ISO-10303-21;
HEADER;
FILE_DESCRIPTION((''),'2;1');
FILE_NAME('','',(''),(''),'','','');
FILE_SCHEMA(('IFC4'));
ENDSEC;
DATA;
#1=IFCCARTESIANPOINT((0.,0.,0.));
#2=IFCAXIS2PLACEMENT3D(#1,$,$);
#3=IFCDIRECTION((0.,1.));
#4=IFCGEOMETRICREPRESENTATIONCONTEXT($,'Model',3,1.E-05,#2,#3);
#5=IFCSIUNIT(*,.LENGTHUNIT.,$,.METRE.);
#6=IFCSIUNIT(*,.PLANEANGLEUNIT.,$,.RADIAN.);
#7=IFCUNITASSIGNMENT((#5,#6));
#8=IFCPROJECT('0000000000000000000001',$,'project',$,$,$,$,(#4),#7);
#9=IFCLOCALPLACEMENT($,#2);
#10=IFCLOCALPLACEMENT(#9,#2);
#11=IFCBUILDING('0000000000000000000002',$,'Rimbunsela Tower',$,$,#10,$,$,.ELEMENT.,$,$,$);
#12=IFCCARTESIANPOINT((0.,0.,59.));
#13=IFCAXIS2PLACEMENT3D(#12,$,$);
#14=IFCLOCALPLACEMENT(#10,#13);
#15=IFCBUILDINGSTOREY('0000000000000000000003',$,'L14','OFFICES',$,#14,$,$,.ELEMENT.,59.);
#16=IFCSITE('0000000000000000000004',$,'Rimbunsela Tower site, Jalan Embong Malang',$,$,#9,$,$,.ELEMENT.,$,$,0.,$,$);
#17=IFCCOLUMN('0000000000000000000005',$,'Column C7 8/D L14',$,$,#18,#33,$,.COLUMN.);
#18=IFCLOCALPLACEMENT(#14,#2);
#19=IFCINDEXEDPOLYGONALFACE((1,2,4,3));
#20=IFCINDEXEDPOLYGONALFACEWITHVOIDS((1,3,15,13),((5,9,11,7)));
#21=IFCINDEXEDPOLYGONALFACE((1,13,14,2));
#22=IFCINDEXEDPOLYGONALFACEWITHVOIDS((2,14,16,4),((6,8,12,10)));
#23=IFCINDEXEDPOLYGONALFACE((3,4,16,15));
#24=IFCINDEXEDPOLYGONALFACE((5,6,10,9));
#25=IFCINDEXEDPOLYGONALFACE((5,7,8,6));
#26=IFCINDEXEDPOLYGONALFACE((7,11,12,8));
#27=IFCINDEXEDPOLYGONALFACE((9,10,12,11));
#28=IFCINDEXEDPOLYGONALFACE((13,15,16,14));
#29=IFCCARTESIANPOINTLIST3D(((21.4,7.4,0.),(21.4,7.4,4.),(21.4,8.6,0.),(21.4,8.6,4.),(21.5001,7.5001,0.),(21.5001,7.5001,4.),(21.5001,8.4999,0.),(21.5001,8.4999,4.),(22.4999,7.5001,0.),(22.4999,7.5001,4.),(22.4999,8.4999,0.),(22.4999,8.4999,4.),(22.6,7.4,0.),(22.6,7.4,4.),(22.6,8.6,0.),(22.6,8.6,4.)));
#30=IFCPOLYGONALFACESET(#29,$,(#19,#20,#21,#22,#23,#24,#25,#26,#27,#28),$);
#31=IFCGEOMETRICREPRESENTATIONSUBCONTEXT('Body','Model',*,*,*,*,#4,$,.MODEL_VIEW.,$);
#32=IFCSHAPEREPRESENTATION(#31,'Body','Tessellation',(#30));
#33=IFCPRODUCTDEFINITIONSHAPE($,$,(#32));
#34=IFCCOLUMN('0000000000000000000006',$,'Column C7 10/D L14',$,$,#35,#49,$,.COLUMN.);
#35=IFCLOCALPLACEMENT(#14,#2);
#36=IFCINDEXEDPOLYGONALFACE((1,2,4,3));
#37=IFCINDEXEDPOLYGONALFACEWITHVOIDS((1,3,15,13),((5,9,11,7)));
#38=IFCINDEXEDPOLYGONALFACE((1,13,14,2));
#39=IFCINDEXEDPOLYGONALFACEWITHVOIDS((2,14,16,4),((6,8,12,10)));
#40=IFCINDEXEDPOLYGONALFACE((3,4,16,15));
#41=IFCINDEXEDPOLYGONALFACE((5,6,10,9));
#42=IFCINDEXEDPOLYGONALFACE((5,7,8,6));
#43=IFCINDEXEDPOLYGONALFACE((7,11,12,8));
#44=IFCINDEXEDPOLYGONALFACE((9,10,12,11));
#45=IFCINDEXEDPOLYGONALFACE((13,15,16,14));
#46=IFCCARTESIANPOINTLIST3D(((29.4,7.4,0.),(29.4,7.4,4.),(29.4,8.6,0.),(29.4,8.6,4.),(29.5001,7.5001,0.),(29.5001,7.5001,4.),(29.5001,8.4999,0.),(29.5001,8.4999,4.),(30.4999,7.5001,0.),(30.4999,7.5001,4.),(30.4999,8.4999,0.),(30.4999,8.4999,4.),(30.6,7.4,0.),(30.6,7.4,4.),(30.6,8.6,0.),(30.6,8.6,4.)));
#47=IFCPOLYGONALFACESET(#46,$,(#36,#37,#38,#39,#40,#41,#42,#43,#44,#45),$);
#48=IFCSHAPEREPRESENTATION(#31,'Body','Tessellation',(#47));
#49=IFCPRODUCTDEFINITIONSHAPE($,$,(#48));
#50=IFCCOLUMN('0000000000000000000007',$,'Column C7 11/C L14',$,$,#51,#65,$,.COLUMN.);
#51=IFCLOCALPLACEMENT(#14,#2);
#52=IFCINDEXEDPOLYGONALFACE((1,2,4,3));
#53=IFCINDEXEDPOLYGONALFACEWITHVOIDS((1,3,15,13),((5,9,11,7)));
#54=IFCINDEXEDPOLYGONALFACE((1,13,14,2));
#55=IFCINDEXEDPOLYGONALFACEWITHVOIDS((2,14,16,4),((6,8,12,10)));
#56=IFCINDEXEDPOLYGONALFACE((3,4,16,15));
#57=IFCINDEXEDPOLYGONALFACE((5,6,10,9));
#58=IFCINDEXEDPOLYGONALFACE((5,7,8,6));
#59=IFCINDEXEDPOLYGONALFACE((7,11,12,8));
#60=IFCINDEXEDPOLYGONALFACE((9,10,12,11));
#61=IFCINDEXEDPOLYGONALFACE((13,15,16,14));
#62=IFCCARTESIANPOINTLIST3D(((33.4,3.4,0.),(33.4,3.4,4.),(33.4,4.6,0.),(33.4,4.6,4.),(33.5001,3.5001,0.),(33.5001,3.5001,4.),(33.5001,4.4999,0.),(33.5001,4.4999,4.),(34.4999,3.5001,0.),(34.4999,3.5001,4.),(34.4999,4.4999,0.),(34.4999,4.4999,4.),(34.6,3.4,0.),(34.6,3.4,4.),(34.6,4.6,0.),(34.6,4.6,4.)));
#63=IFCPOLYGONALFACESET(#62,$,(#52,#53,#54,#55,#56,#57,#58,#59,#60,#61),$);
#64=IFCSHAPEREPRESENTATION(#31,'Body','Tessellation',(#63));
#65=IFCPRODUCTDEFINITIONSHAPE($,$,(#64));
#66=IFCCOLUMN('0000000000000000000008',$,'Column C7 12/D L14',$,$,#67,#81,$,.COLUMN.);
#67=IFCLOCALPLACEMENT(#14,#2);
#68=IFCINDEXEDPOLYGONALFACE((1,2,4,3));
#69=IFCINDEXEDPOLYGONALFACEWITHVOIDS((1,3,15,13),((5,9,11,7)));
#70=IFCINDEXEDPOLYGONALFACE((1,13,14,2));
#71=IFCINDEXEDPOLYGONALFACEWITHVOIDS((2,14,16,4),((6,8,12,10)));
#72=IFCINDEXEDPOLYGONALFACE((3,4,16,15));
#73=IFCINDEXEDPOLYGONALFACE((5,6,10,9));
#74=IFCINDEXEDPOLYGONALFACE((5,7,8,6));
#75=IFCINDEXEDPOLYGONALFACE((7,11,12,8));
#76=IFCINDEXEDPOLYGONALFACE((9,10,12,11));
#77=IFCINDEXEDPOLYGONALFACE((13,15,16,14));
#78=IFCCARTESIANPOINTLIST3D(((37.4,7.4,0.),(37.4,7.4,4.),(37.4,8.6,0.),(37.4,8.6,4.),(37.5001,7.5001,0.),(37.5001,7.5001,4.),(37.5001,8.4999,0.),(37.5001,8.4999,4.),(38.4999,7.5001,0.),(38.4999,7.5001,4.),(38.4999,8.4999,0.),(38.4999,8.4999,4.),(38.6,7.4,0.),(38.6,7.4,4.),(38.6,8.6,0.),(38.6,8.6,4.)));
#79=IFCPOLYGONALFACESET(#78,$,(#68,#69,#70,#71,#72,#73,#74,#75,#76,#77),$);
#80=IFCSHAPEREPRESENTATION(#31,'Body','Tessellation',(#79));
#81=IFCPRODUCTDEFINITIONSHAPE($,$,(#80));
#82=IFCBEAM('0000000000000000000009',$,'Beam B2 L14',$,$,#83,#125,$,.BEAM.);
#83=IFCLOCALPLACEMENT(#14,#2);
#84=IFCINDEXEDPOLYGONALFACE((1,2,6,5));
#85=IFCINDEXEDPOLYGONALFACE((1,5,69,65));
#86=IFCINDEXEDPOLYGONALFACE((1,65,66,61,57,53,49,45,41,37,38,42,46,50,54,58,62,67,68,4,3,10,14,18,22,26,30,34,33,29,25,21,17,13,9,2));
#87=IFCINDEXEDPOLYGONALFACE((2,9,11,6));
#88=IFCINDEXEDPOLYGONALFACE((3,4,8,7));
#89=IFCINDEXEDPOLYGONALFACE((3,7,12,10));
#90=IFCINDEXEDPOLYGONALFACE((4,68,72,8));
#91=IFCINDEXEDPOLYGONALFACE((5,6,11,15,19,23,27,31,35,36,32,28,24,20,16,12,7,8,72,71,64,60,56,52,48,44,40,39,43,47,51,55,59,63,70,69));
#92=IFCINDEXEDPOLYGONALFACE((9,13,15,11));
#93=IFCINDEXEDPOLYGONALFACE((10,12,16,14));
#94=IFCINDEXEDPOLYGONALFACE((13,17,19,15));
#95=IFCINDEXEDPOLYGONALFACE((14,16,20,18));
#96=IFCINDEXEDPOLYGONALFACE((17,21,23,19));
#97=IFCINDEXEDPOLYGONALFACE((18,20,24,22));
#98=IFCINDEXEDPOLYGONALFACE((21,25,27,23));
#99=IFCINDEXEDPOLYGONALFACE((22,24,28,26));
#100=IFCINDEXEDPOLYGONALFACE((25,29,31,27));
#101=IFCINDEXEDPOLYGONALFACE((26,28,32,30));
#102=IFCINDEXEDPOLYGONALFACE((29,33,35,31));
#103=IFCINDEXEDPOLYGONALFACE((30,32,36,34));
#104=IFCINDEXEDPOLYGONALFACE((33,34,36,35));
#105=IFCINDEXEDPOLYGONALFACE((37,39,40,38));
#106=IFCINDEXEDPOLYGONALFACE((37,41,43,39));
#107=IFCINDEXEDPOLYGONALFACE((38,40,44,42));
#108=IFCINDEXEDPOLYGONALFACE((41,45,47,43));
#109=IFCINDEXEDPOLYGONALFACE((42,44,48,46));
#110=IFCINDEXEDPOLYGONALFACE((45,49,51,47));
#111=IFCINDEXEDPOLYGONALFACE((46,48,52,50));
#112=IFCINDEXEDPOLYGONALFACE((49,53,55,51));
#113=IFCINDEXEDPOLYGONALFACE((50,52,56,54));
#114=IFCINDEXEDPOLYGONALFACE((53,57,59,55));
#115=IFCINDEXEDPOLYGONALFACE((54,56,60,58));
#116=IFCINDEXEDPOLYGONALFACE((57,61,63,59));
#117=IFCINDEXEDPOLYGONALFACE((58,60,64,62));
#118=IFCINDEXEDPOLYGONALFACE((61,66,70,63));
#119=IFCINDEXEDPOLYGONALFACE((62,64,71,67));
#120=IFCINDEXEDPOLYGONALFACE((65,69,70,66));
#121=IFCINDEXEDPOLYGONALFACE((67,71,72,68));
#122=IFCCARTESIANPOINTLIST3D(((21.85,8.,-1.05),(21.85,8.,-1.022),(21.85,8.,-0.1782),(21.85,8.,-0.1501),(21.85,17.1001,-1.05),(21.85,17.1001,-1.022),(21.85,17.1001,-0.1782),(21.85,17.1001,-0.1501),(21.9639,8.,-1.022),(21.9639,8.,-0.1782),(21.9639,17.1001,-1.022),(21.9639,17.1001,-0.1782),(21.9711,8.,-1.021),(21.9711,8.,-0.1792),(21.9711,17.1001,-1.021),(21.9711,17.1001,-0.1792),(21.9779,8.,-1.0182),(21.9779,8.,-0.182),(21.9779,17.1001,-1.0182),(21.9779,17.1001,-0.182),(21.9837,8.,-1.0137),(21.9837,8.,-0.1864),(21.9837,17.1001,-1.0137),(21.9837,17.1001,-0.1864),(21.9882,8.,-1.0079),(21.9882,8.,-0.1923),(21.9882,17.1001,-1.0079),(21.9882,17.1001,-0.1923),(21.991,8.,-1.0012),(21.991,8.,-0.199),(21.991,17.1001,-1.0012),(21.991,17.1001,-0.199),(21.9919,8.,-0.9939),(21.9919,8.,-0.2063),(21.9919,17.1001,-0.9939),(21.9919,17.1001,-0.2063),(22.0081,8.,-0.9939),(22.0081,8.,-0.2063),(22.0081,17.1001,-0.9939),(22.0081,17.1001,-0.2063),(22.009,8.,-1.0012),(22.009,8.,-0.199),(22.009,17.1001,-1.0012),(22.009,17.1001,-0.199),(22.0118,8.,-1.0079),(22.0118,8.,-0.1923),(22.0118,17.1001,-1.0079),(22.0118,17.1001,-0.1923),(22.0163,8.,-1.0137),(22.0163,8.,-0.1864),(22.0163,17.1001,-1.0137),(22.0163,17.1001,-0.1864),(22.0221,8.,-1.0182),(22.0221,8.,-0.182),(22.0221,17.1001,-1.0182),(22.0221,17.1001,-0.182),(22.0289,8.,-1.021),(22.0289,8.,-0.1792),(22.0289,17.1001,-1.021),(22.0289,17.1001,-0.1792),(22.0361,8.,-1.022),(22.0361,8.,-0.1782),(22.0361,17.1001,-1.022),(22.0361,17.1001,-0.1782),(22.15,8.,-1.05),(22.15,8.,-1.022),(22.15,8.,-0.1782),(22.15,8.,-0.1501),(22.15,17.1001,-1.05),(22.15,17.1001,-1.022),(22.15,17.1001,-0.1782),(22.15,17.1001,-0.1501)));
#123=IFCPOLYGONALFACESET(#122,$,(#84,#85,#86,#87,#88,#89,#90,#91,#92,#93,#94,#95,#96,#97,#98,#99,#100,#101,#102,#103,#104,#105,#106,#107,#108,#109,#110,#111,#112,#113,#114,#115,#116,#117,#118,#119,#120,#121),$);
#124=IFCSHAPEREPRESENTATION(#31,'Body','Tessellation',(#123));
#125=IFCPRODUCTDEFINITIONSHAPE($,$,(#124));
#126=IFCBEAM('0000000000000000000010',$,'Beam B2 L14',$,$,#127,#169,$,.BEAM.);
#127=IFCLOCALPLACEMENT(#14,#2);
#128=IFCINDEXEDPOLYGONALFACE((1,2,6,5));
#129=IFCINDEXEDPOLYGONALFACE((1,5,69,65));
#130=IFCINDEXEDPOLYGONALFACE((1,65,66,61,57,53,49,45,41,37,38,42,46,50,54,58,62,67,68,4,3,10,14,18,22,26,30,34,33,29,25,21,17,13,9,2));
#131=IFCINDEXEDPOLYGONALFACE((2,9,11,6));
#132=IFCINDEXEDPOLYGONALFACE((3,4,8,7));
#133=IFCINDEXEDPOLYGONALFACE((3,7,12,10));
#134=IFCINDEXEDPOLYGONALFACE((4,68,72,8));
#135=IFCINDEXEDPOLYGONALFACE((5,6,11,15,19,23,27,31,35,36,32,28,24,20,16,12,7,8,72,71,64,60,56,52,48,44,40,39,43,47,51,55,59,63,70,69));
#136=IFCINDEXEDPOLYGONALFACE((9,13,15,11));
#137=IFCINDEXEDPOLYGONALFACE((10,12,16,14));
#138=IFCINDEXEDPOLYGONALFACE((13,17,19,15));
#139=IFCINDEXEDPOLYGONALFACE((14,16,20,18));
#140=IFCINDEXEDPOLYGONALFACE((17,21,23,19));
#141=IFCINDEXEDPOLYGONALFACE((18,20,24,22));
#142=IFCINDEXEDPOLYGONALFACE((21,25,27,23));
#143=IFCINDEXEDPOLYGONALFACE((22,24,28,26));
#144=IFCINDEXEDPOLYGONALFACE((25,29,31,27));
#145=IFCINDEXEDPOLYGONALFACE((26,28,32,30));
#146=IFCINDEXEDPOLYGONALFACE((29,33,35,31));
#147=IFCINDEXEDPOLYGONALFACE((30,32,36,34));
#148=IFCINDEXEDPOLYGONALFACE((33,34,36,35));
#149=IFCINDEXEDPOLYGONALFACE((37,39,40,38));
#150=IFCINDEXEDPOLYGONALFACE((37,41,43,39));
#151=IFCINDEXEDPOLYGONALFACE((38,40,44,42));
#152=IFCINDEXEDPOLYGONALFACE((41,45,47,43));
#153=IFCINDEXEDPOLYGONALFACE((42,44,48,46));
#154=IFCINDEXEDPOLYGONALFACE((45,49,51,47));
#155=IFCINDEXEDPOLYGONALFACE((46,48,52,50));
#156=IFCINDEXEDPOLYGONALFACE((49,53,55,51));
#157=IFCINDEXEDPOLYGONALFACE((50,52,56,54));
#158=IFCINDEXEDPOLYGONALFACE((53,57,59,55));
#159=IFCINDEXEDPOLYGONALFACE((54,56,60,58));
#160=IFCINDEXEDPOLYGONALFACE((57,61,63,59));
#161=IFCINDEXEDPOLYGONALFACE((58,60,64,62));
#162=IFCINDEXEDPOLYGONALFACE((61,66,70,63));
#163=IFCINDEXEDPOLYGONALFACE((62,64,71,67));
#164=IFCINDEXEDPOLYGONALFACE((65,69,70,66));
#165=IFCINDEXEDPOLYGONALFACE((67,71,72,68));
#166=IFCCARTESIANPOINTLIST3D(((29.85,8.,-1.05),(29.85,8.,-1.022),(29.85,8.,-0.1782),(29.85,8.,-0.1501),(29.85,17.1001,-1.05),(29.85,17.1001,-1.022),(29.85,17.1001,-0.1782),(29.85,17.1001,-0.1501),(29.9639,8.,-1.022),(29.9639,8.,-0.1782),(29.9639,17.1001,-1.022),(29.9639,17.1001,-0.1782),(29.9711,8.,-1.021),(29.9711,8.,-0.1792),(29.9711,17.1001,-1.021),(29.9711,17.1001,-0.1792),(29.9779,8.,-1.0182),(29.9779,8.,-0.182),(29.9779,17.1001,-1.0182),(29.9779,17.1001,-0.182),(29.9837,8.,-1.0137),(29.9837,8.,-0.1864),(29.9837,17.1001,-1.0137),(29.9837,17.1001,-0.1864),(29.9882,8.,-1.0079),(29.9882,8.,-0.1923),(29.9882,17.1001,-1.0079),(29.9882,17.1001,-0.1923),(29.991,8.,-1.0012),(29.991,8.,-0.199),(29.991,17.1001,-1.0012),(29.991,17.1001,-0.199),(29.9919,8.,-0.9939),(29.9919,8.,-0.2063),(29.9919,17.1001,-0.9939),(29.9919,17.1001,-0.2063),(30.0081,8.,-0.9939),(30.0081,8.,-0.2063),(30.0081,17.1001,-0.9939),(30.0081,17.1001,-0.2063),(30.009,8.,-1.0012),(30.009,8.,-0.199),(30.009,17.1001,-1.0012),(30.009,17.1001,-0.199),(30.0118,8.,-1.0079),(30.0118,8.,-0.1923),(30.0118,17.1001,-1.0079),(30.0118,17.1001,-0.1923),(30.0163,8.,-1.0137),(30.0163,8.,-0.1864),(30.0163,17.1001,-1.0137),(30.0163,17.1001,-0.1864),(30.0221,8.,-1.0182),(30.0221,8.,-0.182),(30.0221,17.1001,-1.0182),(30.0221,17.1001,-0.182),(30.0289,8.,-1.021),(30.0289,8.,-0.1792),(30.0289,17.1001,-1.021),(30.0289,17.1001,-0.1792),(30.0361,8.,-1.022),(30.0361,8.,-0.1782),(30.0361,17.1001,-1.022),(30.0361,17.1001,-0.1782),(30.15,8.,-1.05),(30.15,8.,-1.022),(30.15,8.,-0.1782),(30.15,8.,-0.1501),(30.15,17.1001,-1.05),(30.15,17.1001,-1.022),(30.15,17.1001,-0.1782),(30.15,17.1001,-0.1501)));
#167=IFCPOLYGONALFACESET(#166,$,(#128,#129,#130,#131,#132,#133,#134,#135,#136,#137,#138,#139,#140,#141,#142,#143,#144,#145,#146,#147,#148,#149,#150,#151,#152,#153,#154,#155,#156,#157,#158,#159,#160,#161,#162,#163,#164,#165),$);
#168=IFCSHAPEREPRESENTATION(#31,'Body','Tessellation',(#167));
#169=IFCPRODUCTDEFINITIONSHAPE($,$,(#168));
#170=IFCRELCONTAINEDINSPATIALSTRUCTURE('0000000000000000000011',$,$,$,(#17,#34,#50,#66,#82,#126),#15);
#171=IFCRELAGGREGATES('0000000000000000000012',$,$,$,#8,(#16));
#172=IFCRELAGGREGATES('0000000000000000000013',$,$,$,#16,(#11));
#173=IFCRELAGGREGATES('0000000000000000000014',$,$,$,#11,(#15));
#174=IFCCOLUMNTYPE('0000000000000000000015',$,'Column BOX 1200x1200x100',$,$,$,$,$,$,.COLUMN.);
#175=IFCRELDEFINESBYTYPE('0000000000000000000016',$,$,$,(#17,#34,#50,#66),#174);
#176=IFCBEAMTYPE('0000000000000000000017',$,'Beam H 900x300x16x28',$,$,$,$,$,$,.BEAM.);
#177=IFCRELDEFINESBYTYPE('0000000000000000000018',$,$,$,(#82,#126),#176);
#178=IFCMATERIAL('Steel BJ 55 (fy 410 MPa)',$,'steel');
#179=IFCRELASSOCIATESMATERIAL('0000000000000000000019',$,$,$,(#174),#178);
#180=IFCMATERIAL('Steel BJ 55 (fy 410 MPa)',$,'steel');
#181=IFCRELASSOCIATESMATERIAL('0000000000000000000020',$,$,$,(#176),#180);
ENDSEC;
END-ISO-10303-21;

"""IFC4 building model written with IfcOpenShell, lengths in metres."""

from ifc_helpers import new_model, si_unit, direction, frame, origin, origin_2d, place, context, subcontext, project, spatial, hollow_rectangle, i_section, extrude, material, material_profile, profile_set, type_object, element, save


model = new_model("IFC4")

# Units and contexts
model_context = context("Model", 3, precision=1e-05, world=origin(), true_north=direction((0.0, 1.0)))
body_context = subcontext(model_context, "Body", "Model", "MODEL_VIEW")
ifc_project = project(units=[si_unit("LENGTHUNIT", "METRE"), si_unit("PLANEANGLEUNIT", "RADIAN")], contexts=[model_context])

# Site, building, storey
site_placement = place(None, origin())
site = spatial("IfcSite", under=ifc_project, at=site_placement, Name="Rimbunsela Tower site, Jalan Embong Malang", CompositionType="ELEMENT", RefElevation=0.0)
building_placement = place(site_placement, origin())
building = spatial("IfcBuilding", under=site, at=building_placement, Name="Rimbunsela Tower", CompositionType="ELEMENT")
storey_placement = place(building_placement, frame((0.0, 0.0, 59.0)))
storey = spatial("IfcBuildingStorey", under=building, at=storey_placement, Name="L14", Description="OFFICES", CompositionType="ELEMENT", Elevation=59.0)

# Columns
ifc_material_1 = material(Name="Steel BJ 55 (fy 410 MPa)", Category="steel")
ifc_material_profile_1 = material_profile(ifc_material_1, hollow_rectangle(XDim=1.2, YDim=1.2, WallThickness=0.1001, at=origin_2d()), Name="BOX 1200x1200x100")
ifc_profile_set_1 = profile_set([ifc_material_profile_1], Name="Steel BJ 55 (fy 410 MPa)")
column_type = type_object("IfcColumnType", Name="Column BOX 1200x1200x100", PredefinedType="COLUMN", material=ifc_profile_set_1)
for number, where, z_axis, x_axis, name in (
    (1, (22.0, 8.0, 0.0), (0.0, 0.0, 1.0), (1.0, 0.0, 0.0), "Column C7 8/D L14"),
    (2, (30.0, 8.0, 0.0), (0.0, 0.0, 1.0), (1.0, 0.0, 0.0), "Column C7 10/D L14"),
    (3, (34.0, 4.0, 0.0), (0.0, 0.0, 1.0), (1.0, 0.0, 0.0), "Column C7 11/C L14"),
    (4, (38.0, 8.0, 0.0), (0.0, 0.0, 1.0), (1.0, 0.0, 0.0), "Column C7 12/D L14"),
):
    element("IfcColumn", number, at=place(storey_placement, frame(where, z_axis=z_axis, x_axis=x_axis)), inside=storey, type_object=column_type, Name=name, PredefinedType="COLUMN", context=body_context, shape_type="SweptSolid", body=[
        extrude(hollow_rectangle(XDim=1.2, YDim=1.2, WallThickness=0.1001, at=origin_2d()), origin(), (0.0, 0.0, 1.0), 4.0),
    ])

# Beams
ifc_material_2 = material(Name="Steel BJ 55 (fy 410 MPa)", Category="steel")
ifc_material_profile_2 = material_profile(ifc_material_2, i_section(OverallWidth=0.3, OverallDepth=0.8999, WebThickness=0.0161, FlangeThickness=0.0281, FilletRadius=0.0281, at=origin_2d()), Name="H 900x300x16x28")
ifc_profile_set_2 = profile_set([ifc_material_profile_2], Name="Steel BJ 55 (fy 410 MPa)")
beam_type = type_object("IfcBeamType", Name="Beam H 900x300x16x28", PredefinedType="BEAM", material=ifc_profile_set_2)
for number, where, z_axis, x_axis, name in (
    (5, (22.0, 8.0, -0.6001), (0.0, 1.0, 0.0), (-1.0, 0.0, 0.0), "Beam B2 L14"),
    (6, (30.0, 8.0, -0.6001), (0.0, 1.0, 0.0), (-1.0, 0.0, 0.0), "Beam B2 L14"),
):
    element("IfcBeam", number, at=place(storey_placement, frame(where, z_axis=z_axis, x_axis=x_axis)), inside=storey, type_object=beam_type, Name=name, PredefinedType="BEAM", context=body_context, shape_type="SweptSolid", body=[
        extrude(i_section(OverallWidth=0.3, OverallDepth=0.8999, WebThickness=0.0161, FlangeThickness=0.0281, FilletRadius=0.0281, at=origin_2d()), origin(), (0.0, 0.0, 1.0), 9.1001),
    ])

save(model, "model.ifc")
